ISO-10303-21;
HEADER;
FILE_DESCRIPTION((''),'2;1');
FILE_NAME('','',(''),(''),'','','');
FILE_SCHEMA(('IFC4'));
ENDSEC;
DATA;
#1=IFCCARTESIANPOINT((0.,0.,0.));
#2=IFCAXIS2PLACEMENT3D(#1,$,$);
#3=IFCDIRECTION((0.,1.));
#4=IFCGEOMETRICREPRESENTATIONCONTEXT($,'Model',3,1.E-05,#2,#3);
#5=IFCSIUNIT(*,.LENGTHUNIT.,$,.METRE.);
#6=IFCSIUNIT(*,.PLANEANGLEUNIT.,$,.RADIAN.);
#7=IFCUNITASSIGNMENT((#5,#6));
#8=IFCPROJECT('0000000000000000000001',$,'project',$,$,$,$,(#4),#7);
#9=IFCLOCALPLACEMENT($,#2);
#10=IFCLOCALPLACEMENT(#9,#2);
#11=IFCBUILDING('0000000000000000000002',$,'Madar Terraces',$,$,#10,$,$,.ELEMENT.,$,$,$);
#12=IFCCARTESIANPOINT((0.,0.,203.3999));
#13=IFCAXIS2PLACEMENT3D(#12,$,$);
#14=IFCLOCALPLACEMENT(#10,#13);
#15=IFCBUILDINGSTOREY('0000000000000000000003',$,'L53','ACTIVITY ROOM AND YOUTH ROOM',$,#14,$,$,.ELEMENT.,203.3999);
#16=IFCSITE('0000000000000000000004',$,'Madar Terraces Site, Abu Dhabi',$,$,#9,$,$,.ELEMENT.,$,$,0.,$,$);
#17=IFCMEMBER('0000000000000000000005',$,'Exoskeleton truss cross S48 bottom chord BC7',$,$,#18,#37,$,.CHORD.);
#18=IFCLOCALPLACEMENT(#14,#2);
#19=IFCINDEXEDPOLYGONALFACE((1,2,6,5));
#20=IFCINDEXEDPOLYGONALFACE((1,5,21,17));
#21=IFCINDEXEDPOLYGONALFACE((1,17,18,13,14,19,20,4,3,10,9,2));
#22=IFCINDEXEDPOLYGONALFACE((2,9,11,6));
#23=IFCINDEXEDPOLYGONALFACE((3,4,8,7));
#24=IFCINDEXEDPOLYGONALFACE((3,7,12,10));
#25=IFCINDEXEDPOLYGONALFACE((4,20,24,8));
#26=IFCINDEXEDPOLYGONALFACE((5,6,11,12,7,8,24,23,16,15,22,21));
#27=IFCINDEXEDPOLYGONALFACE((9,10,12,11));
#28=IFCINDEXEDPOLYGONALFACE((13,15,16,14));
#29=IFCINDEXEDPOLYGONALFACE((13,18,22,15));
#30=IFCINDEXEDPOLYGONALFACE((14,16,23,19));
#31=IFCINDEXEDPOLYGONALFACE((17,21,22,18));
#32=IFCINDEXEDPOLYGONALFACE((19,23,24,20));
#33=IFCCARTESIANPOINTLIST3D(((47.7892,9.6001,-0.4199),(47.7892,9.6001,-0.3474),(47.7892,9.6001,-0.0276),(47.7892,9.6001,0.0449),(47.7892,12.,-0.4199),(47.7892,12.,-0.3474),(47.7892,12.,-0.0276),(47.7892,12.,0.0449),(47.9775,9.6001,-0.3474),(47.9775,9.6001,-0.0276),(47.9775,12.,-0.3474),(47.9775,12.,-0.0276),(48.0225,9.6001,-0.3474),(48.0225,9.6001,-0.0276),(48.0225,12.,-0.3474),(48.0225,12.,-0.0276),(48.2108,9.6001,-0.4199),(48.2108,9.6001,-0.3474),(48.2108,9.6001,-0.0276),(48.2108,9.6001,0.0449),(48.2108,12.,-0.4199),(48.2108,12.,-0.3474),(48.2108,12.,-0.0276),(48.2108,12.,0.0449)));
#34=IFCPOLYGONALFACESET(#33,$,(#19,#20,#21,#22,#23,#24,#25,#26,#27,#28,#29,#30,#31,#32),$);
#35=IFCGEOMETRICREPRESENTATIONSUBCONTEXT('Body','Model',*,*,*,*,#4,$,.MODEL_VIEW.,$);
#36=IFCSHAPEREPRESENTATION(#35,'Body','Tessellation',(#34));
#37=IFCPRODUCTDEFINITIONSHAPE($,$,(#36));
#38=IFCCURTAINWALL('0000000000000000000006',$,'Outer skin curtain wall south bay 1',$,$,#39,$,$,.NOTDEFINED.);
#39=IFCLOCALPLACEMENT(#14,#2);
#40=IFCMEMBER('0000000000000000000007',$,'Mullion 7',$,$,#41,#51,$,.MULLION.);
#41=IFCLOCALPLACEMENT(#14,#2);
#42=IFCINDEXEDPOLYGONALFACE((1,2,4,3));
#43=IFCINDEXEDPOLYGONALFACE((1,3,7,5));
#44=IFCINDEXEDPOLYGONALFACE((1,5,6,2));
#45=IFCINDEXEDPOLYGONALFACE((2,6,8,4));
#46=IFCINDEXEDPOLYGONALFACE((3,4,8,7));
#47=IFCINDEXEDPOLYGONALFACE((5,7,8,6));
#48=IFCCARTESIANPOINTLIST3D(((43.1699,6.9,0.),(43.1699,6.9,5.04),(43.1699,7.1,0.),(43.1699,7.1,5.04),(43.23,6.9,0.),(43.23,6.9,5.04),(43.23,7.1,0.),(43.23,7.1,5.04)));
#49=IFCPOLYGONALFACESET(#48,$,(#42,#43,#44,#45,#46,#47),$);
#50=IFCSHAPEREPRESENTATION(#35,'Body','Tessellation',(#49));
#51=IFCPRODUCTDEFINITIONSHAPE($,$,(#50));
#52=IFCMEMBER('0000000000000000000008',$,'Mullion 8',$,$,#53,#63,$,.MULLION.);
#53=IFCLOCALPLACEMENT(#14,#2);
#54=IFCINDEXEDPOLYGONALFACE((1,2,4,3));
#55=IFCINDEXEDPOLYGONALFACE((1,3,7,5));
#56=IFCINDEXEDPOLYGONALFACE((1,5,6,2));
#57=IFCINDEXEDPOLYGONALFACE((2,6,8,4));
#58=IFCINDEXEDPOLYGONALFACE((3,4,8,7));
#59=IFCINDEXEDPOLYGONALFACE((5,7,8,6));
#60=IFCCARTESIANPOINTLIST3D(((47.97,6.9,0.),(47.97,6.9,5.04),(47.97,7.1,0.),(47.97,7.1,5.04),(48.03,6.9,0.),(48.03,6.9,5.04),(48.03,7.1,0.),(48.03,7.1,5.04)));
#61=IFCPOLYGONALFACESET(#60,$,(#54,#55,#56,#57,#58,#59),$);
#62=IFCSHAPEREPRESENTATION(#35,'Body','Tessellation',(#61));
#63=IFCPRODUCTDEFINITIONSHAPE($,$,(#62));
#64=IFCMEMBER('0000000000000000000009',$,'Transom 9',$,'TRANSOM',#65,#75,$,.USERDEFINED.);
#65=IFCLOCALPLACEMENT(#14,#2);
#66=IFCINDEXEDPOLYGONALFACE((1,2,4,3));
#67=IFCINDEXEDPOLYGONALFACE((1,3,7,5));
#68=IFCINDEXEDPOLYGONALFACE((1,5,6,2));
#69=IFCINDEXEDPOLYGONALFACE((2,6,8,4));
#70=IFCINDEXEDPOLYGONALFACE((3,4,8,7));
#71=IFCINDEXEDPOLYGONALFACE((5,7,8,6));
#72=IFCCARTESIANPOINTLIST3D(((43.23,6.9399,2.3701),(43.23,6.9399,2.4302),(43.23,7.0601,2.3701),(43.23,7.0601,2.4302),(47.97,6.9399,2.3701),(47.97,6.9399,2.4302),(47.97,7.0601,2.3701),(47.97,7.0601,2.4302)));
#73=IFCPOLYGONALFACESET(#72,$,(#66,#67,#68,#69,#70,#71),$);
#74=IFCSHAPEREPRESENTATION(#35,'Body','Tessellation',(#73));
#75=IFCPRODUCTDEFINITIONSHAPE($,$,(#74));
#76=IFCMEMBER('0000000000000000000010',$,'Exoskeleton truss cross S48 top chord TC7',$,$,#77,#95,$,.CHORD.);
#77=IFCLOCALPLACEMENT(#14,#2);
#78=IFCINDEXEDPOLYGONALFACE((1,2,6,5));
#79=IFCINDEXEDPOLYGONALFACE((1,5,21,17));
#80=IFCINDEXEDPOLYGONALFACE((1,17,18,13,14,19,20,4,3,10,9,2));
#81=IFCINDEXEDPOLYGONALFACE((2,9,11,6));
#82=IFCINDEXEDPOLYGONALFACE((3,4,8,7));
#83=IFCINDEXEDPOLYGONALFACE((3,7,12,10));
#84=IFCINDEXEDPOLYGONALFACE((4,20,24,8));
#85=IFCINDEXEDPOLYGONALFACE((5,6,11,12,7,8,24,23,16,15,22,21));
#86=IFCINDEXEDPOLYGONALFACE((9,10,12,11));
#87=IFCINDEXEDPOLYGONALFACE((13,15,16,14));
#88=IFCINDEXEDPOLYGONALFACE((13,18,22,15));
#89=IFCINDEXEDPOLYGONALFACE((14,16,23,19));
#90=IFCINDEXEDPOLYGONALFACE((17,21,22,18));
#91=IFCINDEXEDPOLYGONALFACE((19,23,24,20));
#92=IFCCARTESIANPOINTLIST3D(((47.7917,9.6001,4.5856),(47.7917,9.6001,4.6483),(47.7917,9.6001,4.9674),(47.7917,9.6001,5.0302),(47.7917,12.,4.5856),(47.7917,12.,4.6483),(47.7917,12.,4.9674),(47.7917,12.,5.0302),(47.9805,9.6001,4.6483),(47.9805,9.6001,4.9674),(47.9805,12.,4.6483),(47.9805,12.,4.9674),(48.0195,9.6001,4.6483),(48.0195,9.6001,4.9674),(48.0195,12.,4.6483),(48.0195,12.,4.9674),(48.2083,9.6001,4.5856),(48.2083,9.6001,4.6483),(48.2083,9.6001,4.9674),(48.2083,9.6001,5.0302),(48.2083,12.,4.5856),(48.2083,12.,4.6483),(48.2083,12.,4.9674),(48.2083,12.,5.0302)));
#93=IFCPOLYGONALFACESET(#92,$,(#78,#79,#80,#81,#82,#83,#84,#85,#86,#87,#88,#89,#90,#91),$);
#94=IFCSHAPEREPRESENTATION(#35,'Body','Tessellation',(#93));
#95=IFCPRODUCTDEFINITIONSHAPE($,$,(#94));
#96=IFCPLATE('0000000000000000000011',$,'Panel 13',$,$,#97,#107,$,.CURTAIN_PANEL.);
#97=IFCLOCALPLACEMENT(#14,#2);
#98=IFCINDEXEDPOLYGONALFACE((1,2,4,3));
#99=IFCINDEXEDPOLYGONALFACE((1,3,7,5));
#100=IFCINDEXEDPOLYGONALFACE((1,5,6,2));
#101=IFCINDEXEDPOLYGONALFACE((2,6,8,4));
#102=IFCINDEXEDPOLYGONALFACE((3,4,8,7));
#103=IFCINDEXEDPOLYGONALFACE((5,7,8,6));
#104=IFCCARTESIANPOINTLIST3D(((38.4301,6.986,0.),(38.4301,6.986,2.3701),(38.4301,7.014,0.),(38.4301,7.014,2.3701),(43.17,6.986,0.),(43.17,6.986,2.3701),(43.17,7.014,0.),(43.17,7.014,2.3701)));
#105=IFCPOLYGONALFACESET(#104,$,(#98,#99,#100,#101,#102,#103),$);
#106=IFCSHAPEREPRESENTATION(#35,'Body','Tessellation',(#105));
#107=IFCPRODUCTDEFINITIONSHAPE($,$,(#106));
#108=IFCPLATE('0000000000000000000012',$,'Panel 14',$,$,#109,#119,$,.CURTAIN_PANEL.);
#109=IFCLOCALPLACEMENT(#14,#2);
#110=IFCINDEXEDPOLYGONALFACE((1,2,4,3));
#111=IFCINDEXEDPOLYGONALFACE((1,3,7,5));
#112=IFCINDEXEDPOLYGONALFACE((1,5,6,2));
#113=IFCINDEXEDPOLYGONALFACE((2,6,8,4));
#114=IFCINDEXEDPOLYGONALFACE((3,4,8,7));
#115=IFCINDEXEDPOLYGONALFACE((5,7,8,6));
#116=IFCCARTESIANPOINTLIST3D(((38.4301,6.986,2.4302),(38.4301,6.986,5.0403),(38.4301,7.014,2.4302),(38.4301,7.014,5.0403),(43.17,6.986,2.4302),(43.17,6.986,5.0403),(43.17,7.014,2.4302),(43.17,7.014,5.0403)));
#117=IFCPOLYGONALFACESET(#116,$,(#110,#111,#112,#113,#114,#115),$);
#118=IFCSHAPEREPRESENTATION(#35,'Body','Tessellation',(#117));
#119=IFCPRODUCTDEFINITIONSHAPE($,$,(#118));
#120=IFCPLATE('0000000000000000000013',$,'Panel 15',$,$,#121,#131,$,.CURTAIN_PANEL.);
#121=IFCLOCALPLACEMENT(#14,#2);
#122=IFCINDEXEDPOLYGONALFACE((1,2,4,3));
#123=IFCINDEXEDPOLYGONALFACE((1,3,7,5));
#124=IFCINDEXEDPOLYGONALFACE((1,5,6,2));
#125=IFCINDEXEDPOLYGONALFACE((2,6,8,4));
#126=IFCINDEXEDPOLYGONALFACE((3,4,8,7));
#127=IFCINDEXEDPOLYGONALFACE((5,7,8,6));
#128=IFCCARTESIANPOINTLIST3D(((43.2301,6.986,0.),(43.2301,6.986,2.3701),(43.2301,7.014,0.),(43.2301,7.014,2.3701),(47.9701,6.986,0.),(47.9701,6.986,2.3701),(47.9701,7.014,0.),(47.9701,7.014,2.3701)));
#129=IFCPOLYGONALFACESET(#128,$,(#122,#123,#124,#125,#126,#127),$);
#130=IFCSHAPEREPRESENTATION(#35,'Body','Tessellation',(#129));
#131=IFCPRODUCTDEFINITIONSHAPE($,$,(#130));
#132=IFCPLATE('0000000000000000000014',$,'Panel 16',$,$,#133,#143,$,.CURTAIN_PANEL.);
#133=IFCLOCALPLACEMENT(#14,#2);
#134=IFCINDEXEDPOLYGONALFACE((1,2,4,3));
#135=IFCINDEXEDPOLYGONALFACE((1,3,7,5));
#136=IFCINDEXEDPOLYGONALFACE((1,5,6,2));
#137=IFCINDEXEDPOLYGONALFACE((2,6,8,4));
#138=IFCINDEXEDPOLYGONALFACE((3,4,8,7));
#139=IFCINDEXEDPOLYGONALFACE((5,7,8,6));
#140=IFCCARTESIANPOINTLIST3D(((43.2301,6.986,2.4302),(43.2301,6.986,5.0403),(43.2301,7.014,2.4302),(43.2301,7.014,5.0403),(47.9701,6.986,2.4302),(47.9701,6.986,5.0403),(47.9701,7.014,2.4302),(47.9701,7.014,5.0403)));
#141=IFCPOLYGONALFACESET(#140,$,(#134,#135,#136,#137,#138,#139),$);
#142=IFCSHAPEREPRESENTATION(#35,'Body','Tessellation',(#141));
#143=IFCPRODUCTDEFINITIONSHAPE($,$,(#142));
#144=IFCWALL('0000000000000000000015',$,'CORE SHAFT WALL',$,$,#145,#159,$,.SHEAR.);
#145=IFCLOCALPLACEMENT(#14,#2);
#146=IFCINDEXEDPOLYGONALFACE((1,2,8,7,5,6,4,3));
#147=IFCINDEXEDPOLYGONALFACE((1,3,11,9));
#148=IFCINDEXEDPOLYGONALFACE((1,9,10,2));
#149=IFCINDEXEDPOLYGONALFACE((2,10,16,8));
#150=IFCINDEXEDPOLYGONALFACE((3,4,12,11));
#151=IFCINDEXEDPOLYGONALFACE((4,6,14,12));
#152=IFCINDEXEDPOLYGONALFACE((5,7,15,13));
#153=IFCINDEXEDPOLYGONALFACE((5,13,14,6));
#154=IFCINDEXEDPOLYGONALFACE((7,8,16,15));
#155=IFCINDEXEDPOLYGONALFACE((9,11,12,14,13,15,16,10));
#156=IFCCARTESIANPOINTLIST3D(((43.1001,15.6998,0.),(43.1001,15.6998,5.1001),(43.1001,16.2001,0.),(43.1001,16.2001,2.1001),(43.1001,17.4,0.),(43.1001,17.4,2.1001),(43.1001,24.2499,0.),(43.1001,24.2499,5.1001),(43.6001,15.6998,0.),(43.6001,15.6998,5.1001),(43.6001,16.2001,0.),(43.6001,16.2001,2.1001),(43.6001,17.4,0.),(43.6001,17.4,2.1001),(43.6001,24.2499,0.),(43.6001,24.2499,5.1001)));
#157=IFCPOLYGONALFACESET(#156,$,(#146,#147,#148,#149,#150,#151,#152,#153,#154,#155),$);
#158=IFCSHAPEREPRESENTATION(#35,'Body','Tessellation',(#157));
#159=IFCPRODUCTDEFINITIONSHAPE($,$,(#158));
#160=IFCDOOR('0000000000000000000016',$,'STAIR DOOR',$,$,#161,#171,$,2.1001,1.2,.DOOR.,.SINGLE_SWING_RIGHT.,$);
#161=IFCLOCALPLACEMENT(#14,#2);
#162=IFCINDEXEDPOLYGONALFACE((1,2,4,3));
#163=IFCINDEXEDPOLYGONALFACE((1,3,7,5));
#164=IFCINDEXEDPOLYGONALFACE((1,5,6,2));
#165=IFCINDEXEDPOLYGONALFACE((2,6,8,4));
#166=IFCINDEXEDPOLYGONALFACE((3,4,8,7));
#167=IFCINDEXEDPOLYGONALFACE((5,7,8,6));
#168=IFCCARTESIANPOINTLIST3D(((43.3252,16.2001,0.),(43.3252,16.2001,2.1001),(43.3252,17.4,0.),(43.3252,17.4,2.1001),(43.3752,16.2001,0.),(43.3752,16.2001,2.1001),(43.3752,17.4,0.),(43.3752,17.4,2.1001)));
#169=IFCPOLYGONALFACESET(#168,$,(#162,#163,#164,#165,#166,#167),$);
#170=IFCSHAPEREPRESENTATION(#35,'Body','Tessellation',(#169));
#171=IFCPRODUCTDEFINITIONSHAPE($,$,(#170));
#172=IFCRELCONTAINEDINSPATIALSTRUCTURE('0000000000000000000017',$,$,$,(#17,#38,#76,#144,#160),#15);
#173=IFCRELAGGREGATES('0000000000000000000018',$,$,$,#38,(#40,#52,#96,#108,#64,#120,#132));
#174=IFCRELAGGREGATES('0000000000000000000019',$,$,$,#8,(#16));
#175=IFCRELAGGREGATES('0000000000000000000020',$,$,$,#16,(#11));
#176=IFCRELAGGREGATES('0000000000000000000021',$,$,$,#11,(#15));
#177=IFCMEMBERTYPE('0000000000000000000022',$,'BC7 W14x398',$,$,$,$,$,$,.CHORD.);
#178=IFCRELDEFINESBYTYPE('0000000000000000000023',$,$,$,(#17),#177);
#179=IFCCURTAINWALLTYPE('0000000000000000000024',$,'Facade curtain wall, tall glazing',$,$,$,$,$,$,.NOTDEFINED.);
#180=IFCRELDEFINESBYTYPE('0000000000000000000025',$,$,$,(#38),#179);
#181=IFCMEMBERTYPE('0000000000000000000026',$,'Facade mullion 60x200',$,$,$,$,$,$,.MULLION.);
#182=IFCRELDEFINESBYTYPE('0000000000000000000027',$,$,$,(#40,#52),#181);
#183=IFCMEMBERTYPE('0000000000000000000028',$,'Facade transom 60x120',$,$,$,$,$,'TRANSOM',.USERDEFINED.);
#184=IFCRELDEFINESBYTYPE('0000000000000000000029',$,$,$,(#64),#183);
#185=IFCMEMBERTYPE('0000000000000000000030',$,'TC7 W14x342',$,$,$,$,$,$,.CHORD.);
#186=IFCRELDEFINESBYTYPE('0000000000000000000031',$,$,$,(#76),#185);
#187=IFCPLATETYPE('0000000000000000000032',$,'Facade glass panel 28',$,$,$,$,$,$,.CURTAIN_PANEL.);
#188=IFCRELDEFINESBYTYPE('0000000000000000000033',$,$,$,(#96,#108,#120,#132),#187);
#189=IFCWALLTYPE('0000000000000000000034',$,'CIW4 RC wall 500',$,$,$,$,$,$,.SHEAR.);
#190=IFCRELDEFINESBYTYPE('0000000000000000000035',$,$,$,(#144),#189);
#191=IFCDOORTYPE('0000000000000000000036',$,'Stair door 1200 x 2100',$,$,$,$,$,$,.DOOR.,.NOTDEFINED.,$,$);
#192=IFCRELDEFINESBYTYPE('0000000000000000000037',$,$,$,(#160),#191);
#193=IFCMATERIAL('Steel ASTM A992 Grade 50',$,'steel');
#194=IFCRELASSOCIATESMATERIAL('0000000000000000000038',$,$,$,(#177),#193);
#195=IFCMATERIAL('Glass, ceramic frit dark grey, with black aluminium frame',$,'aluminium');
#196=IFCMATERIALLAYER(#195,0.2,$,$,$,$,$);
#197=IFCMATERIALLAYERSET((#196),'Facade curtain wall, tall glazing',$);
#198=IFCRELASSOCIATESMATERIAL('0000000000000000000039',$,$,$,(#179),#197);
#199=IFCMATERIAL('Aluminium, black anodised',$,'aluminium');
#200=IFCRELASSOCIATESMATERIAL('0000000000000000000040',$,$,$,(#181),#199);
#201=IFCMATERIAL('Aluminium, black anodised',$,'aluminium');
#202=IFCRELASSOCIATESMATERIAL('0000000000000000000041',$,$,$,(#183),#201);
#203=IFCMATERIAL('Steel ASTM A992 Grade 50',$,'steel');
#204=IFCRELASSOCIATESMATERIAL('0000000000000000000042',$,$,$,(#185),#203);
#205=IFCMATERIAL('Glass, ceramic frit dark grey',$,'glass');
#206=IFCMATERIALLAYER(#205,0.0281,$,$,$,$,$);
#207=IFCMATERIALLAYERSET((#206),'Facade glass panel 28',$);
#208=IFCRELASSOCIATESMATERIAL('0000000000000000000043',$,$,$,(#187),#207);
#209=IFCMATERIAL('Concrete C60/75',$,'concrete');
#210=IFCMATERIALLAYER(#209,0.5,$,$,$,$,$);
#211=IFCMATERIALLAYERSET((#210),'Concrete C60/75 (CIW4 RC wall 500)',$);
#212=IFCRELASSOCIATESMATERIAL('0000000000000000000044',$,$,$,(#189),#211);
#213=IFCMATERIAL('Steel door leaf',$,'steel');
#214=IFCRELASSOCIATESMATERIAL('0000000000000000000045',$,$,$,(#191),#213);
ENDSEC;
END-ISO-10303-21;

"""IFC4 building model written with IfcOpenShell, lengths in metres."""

from ifc_helpers import new_model, si_unit, direction, frame, frame_2d, origin, origin_2d, place, context, subcontext, project, spatial, rectangle, i_section, extrude, material, layer, layer_set, material_profile, profile_set, type_object, element, fill, aggregate, save


model = new_model("IFC4")

# Units and contexts
model_context = context("Model", 3, precision=1e-05, world=origin(), true_north=direction((0.0, 1.0)))
body_context = subcontext(model_context, "Body", "Model", "MODEL_VIEW")
ifc_project = project(units=[si_unit("LENGTHUNIT", "METRE"), si_unit("PLANEANGLEUNIT", "RADIAN")], contexts=[model_context])

# Site, building, storey
site_placement = place(None, origin())
site = spatial("IfcSite", under=ifc_project, at=site_placement, Name="Madar Terraces Site, Abu Dhabi", CompositionType="ELEMENT", RefElevation=0.0)
building_placement = place(site_placement, origin())
building = spatial("IfcBuilding", under=site, at=building_placement, Name="Madar Terraces", CompositionType="ELEMENT")
storey_placement = place(building_placement, frame((0.0, 0.0, 203.3999)))
storey = spatial("IfcBuildingStorey", under=building, at=storey_placement, Name="L53", Description="ACTIVITY ROOM AND YOUTH ROOM", CompositionType="ELEMENT", Elevation=203.3999)

# Member
ifc_material_1 = material(Name="Steel ASTM A992 Grade 50", Category="steel")
ifc_material_profile_1 = material_profile(ifc_material_1, i_section(OverallWidth=0.4216, OverallDepth=0.4648, WebThickness=0.0449, FlangeThickness=0.0725, at=origin_2d()), Name="W14x398")
ifc_profile_set_1 = profile_set([ifc_material_profile_1], Name="Steel ASTM A992 Grade 50")
member_type_1 = type_object("IfcMemberType", Name="BC7 W14x398", PredefinedType="CHORD", material=ifc_profile_set_1)
member_1_placement = place(storey_placement, frame((48.0, 9.6001, -0.1875), z_axis=(0.0, 1.0, 0.0), x_axis=(-1.0, 0.0, 0.0)))
element("IfcMember", 1, at=member_1_placement, inside=storey, type_object=member_type_1, Name="Exoskeleton truss cross S48 bottom chord BC7", PredefinedType="CHORD", context=body_context, shape_type="SweptSolid", body=[
    extrude(i_section(OverallWidth=0.4216, OverallDepth=0.4648, WebThickness=0.0449, FlangeThickness=0.0725, at=origin_2d()), origin(), (0.0, 0.0, 1.0), 2.3999),
])

# Curtain wall, members
ifc_material_2 = material(Name="Glass, ceramic frit dark grey, with black aluminium frame", Category="aluminium")
ifc_layer_1 = layer(ifc_material_2, 0.2)
ifc_layer_set_1 = layer_set([ifc_layer_1], Name="Facade curtain wall, tall glazing")
curtain_wall_type = type_object("IfcCurtainWallType", Name="Facade curtain wall, tall glazing", PredefinedType="NOTDEFINED", material=ifc_layer_set_1)
curtain_wall_placement = place(storey_placement, origin())
curtain_wall = element("IfcCurtainWall", 2, at=curtain_wall_placement, inside=storey, type_object=curtain_wall_type, Name="Outer skin curtain wall south bay 1", PredefinedType="NOTDEFINED")
ifc_material_3 = material(Name="Aluminium, black anodised", Category="aluminium")
ifc_material_profile_2 = material_profile(ifc_material_3, rectangle(XDim=0.2, YDim=0.0601, at=origin_2d()), Name="Facade mullion 60x200")
ifc_profile_set_2 = profile_set([ifc_material_profile_2], Name="Aluminium, black anodised")
member_type_2 = type_object("IfcMemberType", Name="Facade mullion 60x200", PredefinedType="MULLION", material=ifc_profile_set_2)
member_2_placement = place(storey_placement, frame((43.2, 7.0, 0.0), z_axis=(0.0, 0.0, 1.0), x_axis=(0.0, 1.0, 0.0)))
member_2 = element("IfcMember", 3, at=member_2_placement, type_object=member_type_2, Name="Mullion 7", PredefinedType="MULLION", context=body_context, shape_type="SweptSolid", body=[
    extrude(rectangle(XDim=0.2, YDim=0.0601, at=origin_2d()), origin(), (0.0, 0.0, 1.0), 5.04),
])
member_3_placement = place(storey_placement, frame((48.0, 7.0, 0.0), z_axis=(0.0, 0.0, 1.0), x_axis=(0.0, 1.0, 0.0)))
member_3 = element("IfcMember", 4, at=member_3_placement, type_object=member_type_2, Name="Mullion 8", PredefinedType="MULLION", context=body_context, shape_type="SweptSolid", body=[
    extrude(rectangle(XDim=0.2, YDim=0.0601, at=origin_2d()), origin(), (0.0, 0.0, 1.0), 5.04),
])
ifc_material_4 = material(Name="Aluminium, black anodised", Category="aluminium")
ifc_material_profile_3 = material_profile(ifc_material_4, rectangle(XDim=0.1201, YDim=0.0601, at=origin_2d()), Name="Facade transom 60x120")
ifc_profile_set_3 = profile_set([ifc_material_profile_3], Name="Aluminium, black anodised")
member_type_3 = type_object("IfcMemberType", Name="Facade transom 60x120", ElementType="TRANSOM", PredefinedType="USERDEFINED", material=ifc_profile_set_3)
member_4_placement = place(storey_placement, frame((43.23, 7.0, 2.4001), z_axis=(1.0, 0.0, 0.0), x_axis=(0.0, 1.0, 0.0)))
member_4 = element("IfcMember", 5, at=member_4_placement, type_object=member_type_3, Name="Transom 9", ObjectType="TRANSOM", PredefinedType="USERDEFINED", context=body_context, shape_type="SweptSolid", body=[
    extrude(rectangle(XDim=0.1201, YDim=0.0601, at=origin_2d()), origin(), (0.0, 0.0, 1.0), 4.74),
])

# Member
ifc_material_5 = material(Name="Steel ASTM A992 Grade 50", Category="steel")
ifc_material_profile_4 = material_profile(ifc_material_5, i_section(OverallWidth=0.4165, OverallDepth=0.4446, WebThickness=0.0391, FlangeThickness=0.0627, at=origin_2d()), Name="W14x342")
ifc_profile_set_4 = profile_set([ifc_material_profile_4], Name="Steel ASTM A992 Grade 50")
member_type_4 = type_object("IfcMemberType", Name="TC7 W14x342", PredefinedType="CHORD", material=ifc_profile_set_4)
member_5_placement = place(storey_placement, frame((48.0, 9.6001, 4.8079), z_axis=(0.0, 1.0, 0.0), x_axis=(-1.0, 0.0, 0.0)))
element("IfcMember", 6, at=member_5_placement, inside=storey, type_object=member_type_4, Name="Exoskeleton truss cross S48 top chord TC7", PredefinedType="CHORD", context=body_context, shape_type="SweptSolid", body=[
    extrude(i_section(OverallWidth=0.4165, OverallDepth=0.4446, WebThickness=0.0391, FlangeThickness=0.0627, at=origin_2d()), origin(), (0.0, 0.0, 1.0), 2.3999),
])

# Plates
ifc_material_6 = material(Name="Glass, ceramic frit dark grey", Category="glass")
ifc_layer_2 = layer(ifc_material_6, 0.0281)
ifc_layer_set_2 = layer_set([ifc_layer_2], Name="Facade glass panel 28")
plate_type = type_object("IfcPlateType", Name="Facade glass panel 28", PredefinedType="CURTAIN_PANEL", material=ifc_layer_set_2)
plate_1_placement = place(storey_placement, frame((40.8, 7.0, 0.0), z_axis=(0.0, 0.0, 1.0), x_axis=(1.0, 0.0, 0.0)))
plate_1 = element("IfcPlate", 7, at=plate_1_placement, type_object=plate_type, Name="Panel 13", PredefinedType="CURTAIN_PANEL", context=body_context, shape_type="SweptSolid", body=[
    extrude(rectangle(XDim=4.74, YDim=0.0281, at=origin_2d()), origin(), (0.0, 0.0, 1.0), 2.3701),
])
plate_2_placement = place(storey_placement, frame((40.8, 7.0, 2.4302), z_axis=(0.0, 0.0, 1.0), x_axis=(1.0, 0.0, 0.0)))
plate_2 = element("IfcPlate", 8, at=plate_2_placement, type_object=plate_type, Name="Panel 14", PredefinedType="CURTAIN_PANEL", context=body_context, shape_type="SweptSolid", body=[
    extrude(rectangle(XDim=4.74, YDim=0.0281, at=origin_2d()), origin(), (0.0, 0.0, 1.0), 2.6101),
])
plate_3_placement = place(storey_placement, frame((45.6001, 7.0, 0.0), z_axis=(0.0, 0.0, 1.0), x_axis=(1.0, 0.0, 0.0)))
plate_3 = element("IfcPlate", 9, at=plate_3_placement, type_object=plate_type, Name="Panel 15", PredefinedType="CURTAIN_PANEL", context=body_context, shape_type="SweptSolid", body=[
    extrude(rectangle(XDim=4.74, YDim=0.0281, at=origin_2d()), origin(), (0.0, 0.0, 1.0), 2.3701),
])
plate_4_placement = place(storey_placement, frame((45.6001, 7.0, 2.4302), z_axis=(0.0, 0.0, 1.0), x_axis=(1.0, 0.0, 0.0)))
plate_4 = element("IfcPlate", 10, at=plate_4_placement, type_object=plate_type, Name="Panel 16", PredefinedType="CURTAIN_PANEL", context=body_context, shape_type="SweptSolid", body=[
    extrude(rectangle(XDim=4.74, YDim=0.0281, at=origin_2d()), origin(), (0.0, 0.0, 1.0), 2.6101),
])
aggregate(curtain_wall, [member_2, member_3, plate_1, plate_2, member_4, plate_3, plate_4])

# Wall, opening, door
ifc_material_7 = material(Name="Concrete C60/75", Category="concrete")
ifc_layer_3 = layer(ifc_material_7, 0.5)
ifc_layer_set_3 = layer_set([ifc_layer_3], Name="Concrete C60/75 (CIW4 RC wall 500)")
wall_type_1 = type_object("IfcWallType", Name="CIW4 RC wall 500", PredefinedType="SHEAR", material=ifc_layer_set_3)
wall_1_placement = place(storey_placement, frame((43.3501, 15.7, 0.0), z_axis=(0.0, 0.0, 1.0), x_axis=(0.0, 1.0, 0.0)))
wall_1 = element("IfcWall", 11, at=wall_1_placement, inside=storey, type_object=wall_type_1, Name="CORE SHAFT WALL", PredefinedType="SHEAR", context=body_context, shape_type="SweptSolid", body=[
    extrude(rectangle(XDim=8.55, YDim=0.5, at=frame_2d((4.2749, 0.0))), origin(), (0.0, 0.0, 1.0), 5.1001),
])
opening_1_placement = place(wall_1_placement, frame((0.5, 0.0, 0.0)))
opening_1 = element("IfcOpeningElement", 12, at=opening_1_placement, cuts=wall_1, PredefinedType="OPENING", context=body_context, shape_type="SweptSolid", body=[
    extrude(rectangle(XDim=1.2, YDim=2.1001, at=frame_2d((0.6001, 1.05))), frame((0.0, 0.26, 0.0), z_axis=(0.0, -1.0, 0.0), x_axis=(1.0, 0.0, 0.0)), (0.0, 0.0, 1.0), 0.52),
])
ifc_material_8 = material(Name="Steel door leaf", Category="steel")
door_type_1 = type_object("IfcDoorType", Name="Stair door 1200 x 2100", OperationType="NOTDEFINED", PredefinedType="DOOR", material=ifc_material_8)
door_1_placement = place(opening_1_placement, origin())
door_1 = element("IfcDoor", 13, at=door_1_placement, inside=storey, type_object=door_type_1, Name="STAIR DOOR", OperationType="SINGLE_SWING_RIGHT", OverallHeight=2.1001, OverallWidth=1.2, PredefinedType="DOOR", context=body_context, shape_type="SweptSolid", body=[
    extrude(rectangle(XDim=1.2, YDim=2.1001, at=frame_2d((0.6001, 1.05))), frame((0.0, 0.0249, 0.0), z_axis=(0.0, -1.0, 0.0), x_axis=(1.0, 0.0, 0.0)), (0.0, 0.0, 1.0), 0.05),
])
fill(opening_1, door_1)

save(model, "model.ifc")
